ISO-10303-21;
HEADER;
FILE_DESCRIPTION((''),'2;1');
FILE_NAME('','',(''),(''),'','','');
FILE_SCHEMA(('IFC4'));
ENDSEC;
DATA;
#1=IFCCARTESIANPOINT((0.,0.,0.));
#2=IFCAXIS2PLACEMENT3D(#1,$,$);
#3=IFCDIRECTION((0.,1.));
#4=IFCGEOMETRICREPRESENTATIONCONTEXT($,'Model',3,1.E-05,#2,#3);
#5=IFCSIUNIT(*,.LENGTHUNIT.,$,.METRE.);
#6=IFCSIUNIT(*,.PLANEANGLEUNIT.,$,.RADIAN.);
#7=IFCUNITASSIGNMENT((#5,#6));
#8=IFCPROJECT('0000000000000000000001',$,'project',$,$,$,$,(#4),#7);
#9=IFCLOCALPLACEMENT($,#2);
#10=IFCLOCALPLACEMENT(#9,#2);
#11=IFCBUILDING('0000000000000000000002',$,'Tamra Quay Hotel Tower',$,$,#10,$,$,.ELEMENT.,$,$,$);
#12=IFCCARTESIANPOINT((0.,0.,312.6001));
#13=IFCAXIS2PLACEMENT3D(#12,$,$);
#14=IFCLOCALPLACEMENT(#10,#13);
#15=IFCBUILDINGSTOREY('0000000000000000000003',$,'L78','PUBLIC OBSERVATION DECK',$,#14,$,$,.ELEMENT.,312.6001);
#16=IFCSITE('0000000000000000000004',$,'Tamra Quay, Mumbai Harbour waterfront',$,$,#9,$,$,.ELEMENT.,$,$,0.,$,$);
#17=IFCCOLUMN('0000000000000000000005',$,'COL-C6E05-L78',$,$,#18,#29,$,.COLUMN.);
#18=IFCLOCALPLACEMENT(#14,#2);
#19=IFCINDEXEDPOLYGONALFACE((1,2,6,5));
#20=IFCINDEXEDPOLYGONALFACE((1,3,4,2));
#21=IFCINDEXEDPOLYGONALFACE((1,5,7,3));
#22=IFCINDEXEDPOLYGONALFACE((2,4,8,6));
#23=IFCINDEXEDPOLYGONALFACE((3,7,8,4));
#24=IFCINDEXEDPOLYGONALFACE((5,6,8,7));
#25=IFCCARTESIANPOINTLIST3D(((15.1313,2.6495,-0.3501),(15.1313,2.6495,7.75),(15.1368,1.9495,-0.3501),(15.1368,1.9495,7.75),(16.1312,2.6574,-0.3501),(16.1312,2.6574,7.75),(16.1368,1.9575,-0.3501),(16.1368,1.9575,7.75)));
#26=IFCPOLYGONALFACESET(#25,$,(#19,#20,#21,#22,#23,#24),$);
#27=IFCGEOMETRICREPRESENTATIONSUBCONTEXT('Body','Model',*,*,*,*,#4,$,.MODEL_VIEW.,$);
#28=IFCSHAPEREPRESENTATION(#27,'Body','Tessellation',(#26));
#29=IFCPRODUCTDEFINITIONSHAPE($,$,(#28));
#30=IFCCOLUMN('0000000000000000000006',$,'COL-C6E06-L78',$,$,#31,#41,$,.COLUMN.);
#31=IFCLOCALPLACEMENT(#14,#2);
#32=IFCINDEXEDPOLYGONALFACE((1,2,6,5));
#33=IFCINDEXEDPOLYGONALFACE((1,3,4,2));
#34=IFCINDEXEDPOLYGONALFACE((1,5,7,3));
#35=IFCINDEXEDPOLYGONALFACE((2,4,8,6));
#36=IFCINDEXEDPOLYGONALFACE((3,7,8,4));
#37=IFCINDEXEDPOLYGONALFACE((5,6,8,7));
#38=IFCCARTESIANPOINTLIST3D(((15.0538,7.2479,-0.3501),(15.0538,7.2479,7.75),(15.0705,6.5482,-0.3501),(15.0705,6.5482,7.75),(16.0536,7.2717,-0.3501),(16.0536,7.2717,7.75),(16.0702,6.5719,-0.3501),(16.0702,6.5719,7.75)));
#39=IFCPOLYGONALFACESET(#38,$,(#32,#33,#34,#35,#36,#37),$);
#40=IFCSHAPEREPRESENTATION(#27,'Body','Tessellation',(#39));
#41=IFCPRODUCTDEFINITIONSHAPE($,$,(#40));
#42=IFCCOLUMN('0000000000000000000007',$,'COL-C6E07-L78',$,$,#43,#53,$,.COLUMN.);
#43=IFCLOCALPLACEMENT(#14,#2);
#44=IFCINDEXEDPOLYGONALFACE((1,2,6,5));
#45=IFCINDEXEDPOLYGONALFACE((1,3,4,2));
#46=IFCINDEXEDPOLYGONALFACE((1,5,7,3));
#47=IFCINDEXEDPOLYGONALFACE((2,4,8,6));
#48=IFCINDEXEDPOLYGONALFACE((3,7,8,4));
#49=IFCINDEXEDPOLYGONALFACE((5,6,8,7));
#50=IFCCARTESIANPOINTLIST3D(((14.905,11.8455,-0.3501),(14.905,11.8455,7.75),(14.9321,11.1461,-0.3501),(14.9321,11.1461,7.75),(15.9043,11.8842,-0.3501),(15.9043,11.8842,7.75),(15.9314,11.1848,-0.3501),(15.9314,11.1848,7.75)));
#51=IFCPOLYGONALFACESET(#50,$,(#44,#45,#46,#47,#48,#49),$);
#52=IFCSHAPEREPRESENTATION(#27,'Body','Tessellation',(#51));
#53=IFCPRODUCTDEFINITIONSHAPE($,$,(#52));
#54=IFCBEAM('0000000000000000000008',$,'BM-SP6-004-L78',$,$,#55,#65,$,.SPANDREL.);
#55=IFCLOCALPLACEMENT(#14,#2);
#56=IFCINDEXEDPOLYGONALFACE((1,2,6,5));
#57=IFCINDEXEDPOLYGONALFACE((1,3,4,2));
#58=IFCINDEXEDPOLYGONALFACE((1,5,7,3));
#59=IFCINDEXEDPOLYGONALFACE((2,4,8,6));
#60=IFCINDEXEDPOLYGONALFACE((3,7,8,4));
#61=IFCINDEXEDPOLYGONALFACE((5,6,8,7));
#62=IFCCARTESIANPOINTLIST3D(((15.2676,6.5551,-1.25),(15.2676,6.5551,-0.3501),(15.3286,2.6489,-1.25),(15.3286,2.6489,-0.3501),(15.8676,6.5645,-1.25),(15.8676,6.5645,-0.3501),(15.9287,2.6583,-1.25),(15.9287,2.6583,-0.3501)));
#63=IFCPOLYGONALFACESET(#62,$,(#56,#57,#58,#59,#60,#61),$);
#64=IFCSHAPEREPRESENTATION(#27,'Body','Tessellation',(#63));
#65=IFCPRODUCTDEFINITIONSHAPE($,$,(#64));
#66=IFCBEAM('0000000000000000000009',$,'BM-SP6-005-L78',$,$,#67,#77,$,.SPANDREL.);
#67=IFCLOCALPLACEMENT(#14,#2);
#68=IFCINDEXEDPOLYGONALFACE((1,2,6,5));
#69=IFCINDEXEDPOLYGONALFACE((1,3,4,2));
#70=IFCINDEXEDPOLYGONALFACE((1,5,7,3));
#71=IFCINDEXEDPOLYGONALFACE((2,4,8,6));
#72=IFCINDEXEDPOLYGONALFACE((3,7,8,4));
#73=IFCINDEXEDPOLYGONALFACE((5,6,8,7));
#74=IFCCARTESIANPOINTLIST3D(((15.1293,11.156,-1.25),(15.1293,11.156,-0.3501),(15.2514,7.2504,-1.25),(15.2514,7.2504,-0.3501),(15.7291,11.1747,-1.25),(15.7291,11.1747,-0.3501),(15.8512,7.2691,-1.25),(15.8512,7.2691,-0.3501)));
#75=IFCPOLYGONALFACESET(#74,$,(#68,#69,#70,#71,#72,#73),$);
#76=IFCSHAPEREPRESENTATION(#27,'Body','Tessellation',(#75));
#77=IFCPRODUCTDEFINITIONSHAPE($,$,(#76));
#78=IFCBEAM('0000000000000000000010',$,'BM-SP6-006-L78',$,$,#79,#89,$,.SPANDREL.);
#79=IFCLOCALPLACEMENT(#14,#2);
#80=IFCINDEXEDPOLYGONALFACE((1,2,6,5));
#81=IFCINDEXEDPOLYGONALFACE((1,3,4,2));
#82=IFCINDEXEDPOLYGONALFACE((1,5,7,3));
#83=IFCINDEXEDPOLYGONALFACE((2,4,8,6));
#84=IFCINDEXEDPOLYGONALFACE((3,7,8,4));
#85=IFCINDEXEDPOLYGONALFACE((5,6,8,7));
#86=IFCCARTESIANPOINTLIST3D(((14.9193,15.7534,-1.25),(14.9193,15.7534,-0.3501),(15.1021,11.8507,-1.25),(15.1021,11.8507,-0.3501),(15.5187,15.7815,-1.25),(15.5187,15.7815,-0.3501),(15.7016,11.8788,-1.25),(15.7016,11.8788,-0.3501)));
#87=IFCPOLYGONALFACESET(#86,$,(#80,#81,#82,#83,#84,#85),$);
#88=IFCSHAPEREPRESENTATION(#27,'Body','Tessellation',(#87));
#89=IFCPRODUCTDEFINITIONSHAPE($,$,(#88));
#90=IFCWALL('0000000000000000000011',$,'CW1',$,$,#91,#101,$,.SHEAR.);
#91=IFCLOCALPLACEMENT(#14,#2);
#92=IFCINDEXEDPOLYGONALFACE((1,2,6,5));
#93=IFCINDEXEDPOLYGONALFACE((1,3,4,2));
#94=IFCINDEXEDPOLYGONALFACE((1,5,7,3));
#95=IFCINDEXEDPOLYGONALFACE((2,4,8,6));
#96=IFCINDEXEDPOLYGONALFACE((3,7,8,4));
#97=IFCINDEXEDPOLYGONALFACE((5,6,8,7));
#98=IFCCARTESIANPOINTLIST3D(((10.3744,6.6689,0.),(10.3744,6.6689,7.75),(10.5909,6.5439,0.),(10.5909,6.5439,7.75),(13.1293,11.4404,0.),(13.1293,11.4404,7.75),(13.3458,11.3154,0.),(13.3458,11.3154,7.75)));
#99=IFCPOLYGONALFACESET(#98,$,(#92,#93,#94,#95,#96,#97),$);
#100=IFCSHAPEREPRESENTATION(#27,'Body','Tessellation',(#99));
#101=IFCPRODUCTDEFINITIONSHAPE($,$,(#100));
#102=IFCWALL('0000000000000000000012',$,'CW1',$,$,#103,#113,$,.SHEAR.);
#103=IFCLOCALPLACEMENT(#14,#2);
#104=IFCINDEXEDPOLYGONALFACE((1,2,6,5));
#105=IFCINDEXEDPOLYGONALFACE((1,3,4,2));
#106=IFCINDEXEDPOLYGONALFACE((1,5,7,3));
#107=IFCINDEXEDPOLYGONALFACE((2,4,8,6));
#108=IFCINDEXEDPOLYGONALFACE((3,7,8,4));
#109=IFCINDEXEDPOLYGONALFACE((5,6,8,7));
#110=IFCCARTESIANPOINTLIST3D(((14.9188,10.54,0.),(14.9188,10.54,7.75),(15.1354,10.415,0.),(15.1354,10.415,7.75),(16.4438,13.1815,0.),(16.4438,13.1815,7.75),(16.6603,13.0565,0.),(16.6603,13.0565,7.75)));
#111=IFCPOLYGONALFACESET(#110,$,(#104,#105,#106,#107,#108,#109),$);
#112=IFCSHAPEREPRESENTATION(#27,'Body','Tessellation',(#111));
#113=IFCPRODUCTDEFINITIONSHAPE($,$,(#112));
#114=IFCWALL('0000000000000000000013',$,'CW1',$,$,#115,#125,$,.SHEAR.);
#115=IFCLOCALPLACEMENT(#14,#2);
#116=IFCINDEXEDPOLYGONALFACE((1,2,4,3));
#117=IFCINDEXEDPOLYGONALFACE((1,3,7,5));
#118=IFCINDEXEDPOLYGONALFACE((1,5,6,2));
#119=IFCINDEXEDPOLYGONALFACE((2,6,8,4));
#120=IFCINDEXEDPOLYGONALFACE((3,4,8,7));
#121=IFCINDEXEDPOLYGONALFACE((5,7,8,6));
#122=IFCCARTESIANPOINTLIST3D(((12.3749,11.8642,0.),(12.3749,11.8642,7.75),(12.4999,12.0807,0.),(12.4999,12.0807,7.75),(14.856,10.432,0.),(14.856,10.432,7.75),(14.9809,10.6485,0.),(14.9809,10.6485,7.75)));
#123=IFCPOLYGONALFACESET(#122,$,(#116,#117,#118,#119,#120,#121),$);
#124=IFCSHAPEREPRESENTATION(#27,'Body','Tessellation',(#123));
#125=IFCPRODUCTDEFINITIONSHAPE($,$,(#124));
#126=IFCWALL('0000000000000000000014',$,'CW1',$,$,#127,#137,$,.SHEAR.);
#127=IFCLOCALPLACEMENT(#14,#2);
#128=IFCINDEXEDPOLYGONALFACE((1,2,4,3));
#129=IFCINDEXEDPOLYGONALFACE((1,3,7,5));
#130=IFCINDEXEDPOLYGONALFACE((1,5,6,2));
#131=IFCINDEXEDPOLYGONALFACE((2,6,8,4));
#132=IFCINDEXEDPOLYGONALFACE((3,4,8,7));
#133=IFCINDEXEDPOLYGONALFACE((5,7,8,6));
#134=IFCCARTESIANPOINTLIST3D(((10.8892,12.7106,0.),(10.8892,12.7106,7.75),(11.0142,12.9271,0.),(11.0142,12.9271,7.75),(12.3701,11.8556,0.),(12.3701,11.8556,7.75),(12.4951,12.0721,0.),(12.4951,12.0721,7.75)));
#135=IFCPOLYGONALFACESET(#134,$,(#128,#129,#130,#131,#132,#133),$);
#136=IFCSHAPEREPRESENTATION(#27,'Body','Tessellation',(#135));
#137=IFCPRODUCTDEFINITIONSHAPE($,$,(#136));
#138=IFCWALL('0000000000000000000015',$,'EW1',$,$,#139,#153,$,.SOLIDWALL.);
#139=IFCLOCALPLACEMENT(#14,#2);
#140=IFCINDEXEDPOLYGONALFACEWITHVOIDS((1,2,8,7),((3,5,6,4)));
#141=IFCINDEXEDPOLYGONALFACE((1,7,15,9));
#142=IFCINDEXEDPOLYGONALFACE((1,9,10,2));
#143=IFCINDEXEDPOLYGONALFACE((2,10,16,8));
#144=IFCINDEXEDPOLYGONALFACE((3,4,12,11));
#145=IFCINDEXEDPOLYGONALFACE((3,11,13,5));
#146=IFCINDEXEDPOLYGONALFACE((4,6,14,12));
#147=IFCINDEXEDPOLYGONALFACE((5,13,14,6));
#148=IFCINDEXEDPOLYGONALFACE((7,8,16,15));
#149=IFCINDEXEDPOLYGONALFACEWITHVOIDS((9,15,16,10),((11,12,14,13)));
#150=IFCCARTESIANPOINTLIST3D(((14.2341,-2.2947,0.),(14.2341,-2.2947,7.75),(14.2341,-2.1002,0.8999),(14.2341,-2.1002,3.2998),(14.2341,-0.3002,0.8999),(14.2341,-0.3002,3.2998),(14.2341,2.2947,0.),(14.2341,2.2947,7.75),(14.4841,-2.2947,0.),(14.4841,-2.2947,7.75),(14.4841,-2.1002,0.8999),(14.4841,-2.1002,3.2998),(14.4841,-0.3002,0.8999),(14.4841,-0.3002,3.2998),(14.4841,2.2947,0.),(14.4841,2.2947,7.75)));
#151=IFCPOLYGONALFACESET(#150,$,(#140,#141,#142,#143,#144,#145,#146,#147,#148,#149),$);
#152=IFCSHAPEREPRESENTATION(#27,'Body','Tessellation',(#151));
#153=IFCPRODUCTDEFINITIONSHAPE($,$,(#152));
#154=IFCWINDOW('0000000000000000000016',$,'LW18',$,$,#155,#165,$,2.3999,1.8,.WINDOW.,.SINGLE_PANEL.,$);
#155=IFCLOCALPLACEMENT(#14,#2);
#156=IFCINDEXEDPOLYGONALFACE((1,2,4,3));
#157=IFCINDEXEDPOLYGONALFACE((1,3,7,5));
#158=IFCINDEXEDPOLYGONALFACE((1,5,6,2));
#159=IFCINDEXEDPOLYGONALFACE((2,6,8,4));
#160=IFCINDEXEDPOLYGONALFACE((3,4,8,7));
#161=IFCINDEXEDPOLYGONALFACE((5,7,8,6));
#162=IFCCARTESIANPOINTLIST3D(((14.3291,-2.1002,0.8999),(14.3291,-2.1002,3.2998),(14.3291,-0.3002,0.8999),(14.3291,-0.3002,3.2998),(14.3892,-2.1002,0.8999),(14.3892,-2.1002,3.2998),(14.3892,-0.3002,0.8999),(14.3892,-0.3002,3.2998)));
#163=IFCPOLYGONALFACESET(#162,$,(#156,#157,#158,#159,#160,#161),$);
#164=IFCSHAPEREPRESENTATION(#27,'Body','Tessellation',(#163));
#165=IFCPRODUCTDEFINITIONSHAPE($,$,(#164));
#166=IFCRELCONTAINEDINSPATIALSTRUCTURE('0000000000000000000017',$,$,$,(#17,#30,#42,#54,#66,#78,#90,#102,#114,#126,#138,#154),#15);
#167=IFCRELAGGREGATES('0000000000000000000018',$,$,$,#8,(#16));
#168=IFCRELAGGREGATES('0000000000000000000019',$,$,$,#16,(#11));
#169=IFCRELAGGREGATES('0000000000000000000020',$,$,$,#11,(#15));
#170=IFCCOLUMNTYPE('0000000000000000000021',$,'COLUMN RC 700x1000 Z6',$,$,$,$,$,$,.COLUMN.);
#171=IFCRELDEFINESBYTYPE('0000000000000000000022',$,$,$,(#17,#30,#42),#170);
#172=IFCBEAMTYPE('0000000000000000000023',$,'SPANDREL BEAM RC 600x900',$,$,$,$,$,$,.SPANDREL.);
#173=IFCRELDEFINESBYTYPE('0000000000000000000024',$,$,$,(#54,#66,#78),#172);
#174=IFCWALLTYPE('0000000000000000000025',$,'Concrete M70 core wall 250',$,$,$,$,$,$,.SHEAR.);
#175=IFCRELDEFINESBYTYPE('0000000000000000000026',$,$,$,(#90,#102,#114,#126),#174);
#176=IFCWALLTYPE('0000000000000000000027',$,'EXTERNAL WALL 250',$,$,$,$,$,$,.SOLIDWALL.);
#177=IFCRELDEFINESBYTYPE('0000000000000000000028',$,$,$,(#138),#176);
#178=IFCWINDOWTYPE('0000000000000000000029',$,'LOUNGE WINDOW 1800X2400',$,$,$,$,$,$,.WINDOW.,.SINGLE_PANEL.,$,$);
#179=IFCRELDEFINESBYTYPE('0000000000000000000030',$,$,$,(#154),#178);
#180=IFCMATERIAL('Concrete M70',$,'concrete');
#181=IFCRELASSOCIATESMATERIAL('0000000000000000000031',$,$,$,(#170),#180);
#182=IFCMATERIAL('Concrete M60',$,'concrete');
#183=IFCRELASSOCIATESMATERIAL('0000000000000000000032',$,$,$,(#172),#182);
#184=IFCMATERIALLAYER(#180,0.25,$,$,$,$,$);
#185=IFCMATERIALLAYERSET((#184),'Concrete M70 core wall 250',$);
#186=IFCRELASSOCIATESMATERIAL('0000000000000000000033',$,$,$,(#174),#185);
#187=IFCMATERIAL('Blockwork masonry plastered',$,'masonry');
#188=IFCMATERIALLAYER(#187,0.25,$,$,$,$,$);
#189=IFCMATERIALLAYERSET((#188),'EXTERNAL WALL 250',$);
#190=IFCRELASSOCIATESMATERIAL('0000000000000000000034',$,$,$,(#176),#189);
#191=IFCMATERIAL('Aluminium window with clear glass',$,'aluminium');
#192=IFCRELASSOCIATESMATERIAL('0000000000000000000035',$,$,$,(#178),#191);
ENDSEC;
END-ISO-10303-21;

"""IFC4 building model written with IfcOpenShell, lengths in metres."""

from ifc_helpers import new_model, si_unit, direction, frame, frame_2d, origin, origin_2d, place, context, subcontext, project, spatial, rectangle, extrude, material, layer, layer_set, material_profile, profile_set, type_object, element, fill, save


model = new_model("IFC4")

# Units and contexts
model_context = context("Model", 3, precision=1e-05, world=origin(), true_north=direction((0.0, 1.0)))
body_context = subcontext(model_context, "Body", "Model", "MODEL_VIEW")
ifc_project = project(units=[si_unit("LENGTHUNIT", "METRE"), si_unit("PLANEANGLEUNIT", "RADIAN")], contexts=[model_context])

# Site, building, storey
site_placement = place(None, origin())
site = spatial("IfcSite", under=ifc_project, at=site_placement, Name="Tamra Quay, Mumbai Harbour waterfront", CompositionType="ELEMENT", RefElevation=0.0)
building_placement = place(site_placement, origin())
building = spatial("IfcBuilding", under=site, at=building_placement, Name="Tamra Quay Hotel Tower", CompositionType="ELEMENT")
storey_placement = place(building_placement, frame((0.0, 0.0, 312.6001)))
storey = spatial("IfcBuildingStorey", under=building, at=storey_placement, Name="L78", Description="PUBLIC OBSERVATION DECK", CompositionType="ELEMENT", Elevation=312.6001)

# Columns
ifc_material_1 = material(Name="Concrete M70", Category="concrete")
ifc_material_profile_1 = material_profile(ifc_material_1, rectangle(XDim=1.0, YDim=0.7, at=origin_2d()), Name="COLUMN RC 700x1000 Z6")
ifc_profile_set_1 = profile_set([ifc_material_profile_1], Name="Concrete M70")
column_type = type_object("IfcColumnType", Name="COLUMN RC 700x1000 Z6", PredefinedType="COLUMN", material=ifc_profile_set_1)
for number, where, z_axis, x_axis, name in (
    (1, (15.634, 2.3035, -0.3501), (0.0, 0.0, 1.0), (0.999969, 0.00792, 0.0), "COL-C6E05-L78"),
    (2, (15.562, 6.9099, -0.3501), (0.0, 0.0, 1.0), (0.999718, 0.023753, 0.0), "COL-C6E06-L78"),
    (3, (15.4182, 11.5151, -0.3501), (0.0, 0.0, 1.0), (0.999251, 0.038691, 0.0), "COL-C6E07-L78"),
):
    element("IfcColumn", number, at=place(storey_placement, frame(where, z_axis=z_axis, x_axis=x_axis)), inside=storey, type_object=column_type, Name=name, PredefinedType="COLUMN", context=body_context, shape_type="SweptSolid", body=[
        extrude(rectangle(XDim=1.0, YDim=0.7, at=origin_2d()), origin(), (0.0, 0.0, 1.0), 8.1001),
    ])

# Beams
ifc_material_2 = material(Name="Concrete M60", Category="concrete")
ifc_material_profile_2 = material_profile(ifc_material_2, rectangle(XDim=0.6001, YDim=0.8999, at=origin_2d()), Name="SPANDREL BEAM RC 600x900")
ifc_profile_set_2 = profile_set([ifc_material_profile_2], Name="Concrete M60")
beam_type = type_object("IfcBeamType", Name="SPANDREL BEAM RC 600x900", PredefinedType="SPANDREL", material=ifc_profile_set_2)
beam_1_placement = place(storey_placement, frame((15.6287, 2.6536, -0.8), z_axis=(-0.015623, 0.999878, 0.0), x_axis=(-0.999878, -0.015623, 0.0)))
element("IfcBeam", 4, at=beam_1_placement, inside=storey, type_object=beam_type, Name="BM-SP6-004-L78", PredefinedType="SPANDREL", context=body_context, shape_type="SweptSolid", body=[
    extrude(rectangle(XDim=0.6001, YDim=0.8999, at=origin_2d()), origin(), (0.0, 0.0, 1.0), 3.9067),
])
beam_2_placement = place(storey_placement, frame((15.5513, 7.2598, -0.8), z_axis=(-0.031241, 0.999512, 0.0), x_axis=(-0.999512, -0.031241, 0.0)))
element("IfcBeam", 5, at=beam_2_placement, inside=storey, type_object=beam_type, Name="BM-SP6-005-L78", PredefinedType="SPANDREL", context=body_context, shape_type="SweptSolid", body=[
    extrude(rectangle(XDim=0.6001, YDim=0.8999, at=origin_2d()), origin(), (0.0, 0.0, 1.0), 3.9075),
])
beam_3_placement = place(storey_placement, frame((15.4019, 11.8647, -0.8), z_axis=(-0.046805, 0.998904, 0.0), x_axis=(-0.998904, -0.046805, 0.0)))
element("IfcBeam", 6, at=beam_3_placement, inside=storey, type_object=beam_type, Name="BM-SP6-006-L78", PredefinedType="SPANDREL", context=body_context, shape_type="SweptSolid", body=[
    extrude(rectangle(XDim=0.6001, YDim=0.8999, at=origin_2d()), origin(), (0.0, 0.0, 1.0), 3.907),
])

# Walls
ifc_layer_1 = layer(ifc_material_1, 0.25)
ifc_layer_set_1 = layer_set([ifc_layer_1], Name="Concrete M70 core wall 250")
wall_type_1 = type_object("IfcWallType", Name="Concrete M70 core wall 250", PredefinedType="SHEAR", material=ifc_layer_set_1)
wall_1_placement = place(storey_placement, frame((13.2375, 11.3779, 0.0), z_axis=(0.0, 0.0, 1.0), x_axis=(-0.500009, -0.86602, 0.0)))
element("IfcWall", 7, at=wall_1_placement, inside=storey, type_object=wall_type_1, Name="CW1", PredefinedType="SHEAR", context=body_context, shape_type="SweptSolid", body=[
    extrude(rectangle(XDim=5.5098, YDim=0.25, at=frame_2d((2.7549, 0.0))), origin(), (0.0, 0.0, 1.0), 7.75),
])
wall_2_placement = place(storey_placement, frame((16.552, 13.1189, 0.0), z_axis=(0.0, 0.0, 1.0), x_axis=(-0.499979, -0.866038, 0.0)))
element("IfcWall", 8, at=wall_2_placement, inside=storey, type_object=wall_type_1, Name="CW1", PredefinedType="SHEAR", context=body_context, shape_type="SweptSolid", body=[
    extrude(rectangle(XDim=3.05, YDim=0.25, at=frame_2d((1.5249, 0.0))), origin(), (0.0, 0.0, 1.0), 7.75),
])
wall_3_placement = place(storey_placement, frame((14.9185, 10.5403, 0.0), z_axis=(0.0, 0.0, 1.0), x_axis=(-0.866064, 0.499934, 0.0)))
element("IfcWall", 9, at=wall_3_placement, inside=storey, type_object=wall_type_1, Name="CW1", PredefinedType="SHEAR", context=body_context, shape_type="SweptSolid", body=[
    extrude(rectangle(XDim=2.8647, YDim=0.25, at=frame_2d((1.4324, 0.0))), origin(), (0.0, 0.0, 1.0), 7.75),
])
wall_4_placement = place(storey_placement, frame((12.4326, 11.9639, 0.0), z_axis=(0.0, 0.0, 1.0), x_axis=(-0.866038, 0.499978, 0.0)))
element("IfcWall", 10, at=wall_4_placement, inside=storey, type_object=wall_type_1, Name="CW1", PredefinedType="SHEAR", context=body_context, shape_type="SweptSolid", body=[
    extrude(rectangle(XDim=1.71, YDim=0.25, at=frame_2d((0.855, 0.0))), origin(), (0.0, 0.0, 1.0), 7.75),
])

# Wall, opening, window
ifc_material_3 = material(Name="Blockwork masonry plastered", Category="masonry")
ifc_layer_2 = layer(ifc_material_3, 0.25)
ifc_layer_set_2 = layer_set([ifc_layer_2], Name="EXTERNAL WALL 250")
wall_type_2 = type_object("IfcWallType", Name="EXTERNAL WALL 250", PredefinedType="SOLIDWALL", material=ifc_layer_set_2)
wall_5_placement = place(storey_placement, frame((14.3591, 2.2947, 0.0), z_axis=(0.0, 0.0, 1.0), x_axis=(0.0, -1.0, 0.0)))
wall_5 = element("IfcWall", 11, at=wall_5_placement, inside=storey, type_object=wall_type_2, Name="EW1", PredefinedType="SOLIDWALL", context=body_context, shape_type="SweptSolid", body=[
    extrude(rectangle(XDim=4.5894, YDim=0.25, at=frame_2d((2.2947, 0.0))), origin(), (0.0, 0.0, 1.0), 7.75),
])
opening_1_placement = place(wall_5_placement, frame((2.595, 0.0, 0.8999)))
opening_1 = element("IfcOpeningElement", 12, at=opening_1_placement, cuts=wall_5, PredefinedType="OPENING", context=body_context, shape_type="SweptSolid", body=[
    extrude(rectangle(XDim=1.8, YDim=2.3999, at=frame_2d((0.8999, 1.2))), frame((0.0, 0.135, 0.0), z_axis=(0.0, -1.0, 0.0), x_axis=(1.0, 0.0, 0.0)), (0.0, 0.0, 1.0), 0.27),
])
ifc_material_4 = material(Name="Aluminium window with clear glass", Category="aluminium")
window_type_1 = type_object("IfcWindowType", Name="LOUNGE WINDOW 1800X2400", PartitioningType="SINGLE_PANEL", PredefinedType="WINDOW", material=ifc_material_4)
window_1_placement = place(opening_1_placement, origin())
window_1 = element("IfcWindow", 13, at=window_1_placement, inside=storey, type_object=window_type_1, Name="LW18", OverallHeight=2.3999, OverallWidth=1.8, PartitioningType="SINGLE_PANEL", PredefinedType="WINDOW", context=body_context, shape_type="SweptSolid", body=[
    extrude(rectangle(XDim=1.8, YDim=2.3999, at=frame_2d((0.8999, 1.2))), frame((0.0, 0.03, 0.0), z_axis=(0.0, -1.0, 0.0), x_axis=(1.0, 0.0, 0.0)), (0.0, 0.0, 1.0), 0.0601),
])
fill(opening_1, window_1)

save(model, "model.ifc")
